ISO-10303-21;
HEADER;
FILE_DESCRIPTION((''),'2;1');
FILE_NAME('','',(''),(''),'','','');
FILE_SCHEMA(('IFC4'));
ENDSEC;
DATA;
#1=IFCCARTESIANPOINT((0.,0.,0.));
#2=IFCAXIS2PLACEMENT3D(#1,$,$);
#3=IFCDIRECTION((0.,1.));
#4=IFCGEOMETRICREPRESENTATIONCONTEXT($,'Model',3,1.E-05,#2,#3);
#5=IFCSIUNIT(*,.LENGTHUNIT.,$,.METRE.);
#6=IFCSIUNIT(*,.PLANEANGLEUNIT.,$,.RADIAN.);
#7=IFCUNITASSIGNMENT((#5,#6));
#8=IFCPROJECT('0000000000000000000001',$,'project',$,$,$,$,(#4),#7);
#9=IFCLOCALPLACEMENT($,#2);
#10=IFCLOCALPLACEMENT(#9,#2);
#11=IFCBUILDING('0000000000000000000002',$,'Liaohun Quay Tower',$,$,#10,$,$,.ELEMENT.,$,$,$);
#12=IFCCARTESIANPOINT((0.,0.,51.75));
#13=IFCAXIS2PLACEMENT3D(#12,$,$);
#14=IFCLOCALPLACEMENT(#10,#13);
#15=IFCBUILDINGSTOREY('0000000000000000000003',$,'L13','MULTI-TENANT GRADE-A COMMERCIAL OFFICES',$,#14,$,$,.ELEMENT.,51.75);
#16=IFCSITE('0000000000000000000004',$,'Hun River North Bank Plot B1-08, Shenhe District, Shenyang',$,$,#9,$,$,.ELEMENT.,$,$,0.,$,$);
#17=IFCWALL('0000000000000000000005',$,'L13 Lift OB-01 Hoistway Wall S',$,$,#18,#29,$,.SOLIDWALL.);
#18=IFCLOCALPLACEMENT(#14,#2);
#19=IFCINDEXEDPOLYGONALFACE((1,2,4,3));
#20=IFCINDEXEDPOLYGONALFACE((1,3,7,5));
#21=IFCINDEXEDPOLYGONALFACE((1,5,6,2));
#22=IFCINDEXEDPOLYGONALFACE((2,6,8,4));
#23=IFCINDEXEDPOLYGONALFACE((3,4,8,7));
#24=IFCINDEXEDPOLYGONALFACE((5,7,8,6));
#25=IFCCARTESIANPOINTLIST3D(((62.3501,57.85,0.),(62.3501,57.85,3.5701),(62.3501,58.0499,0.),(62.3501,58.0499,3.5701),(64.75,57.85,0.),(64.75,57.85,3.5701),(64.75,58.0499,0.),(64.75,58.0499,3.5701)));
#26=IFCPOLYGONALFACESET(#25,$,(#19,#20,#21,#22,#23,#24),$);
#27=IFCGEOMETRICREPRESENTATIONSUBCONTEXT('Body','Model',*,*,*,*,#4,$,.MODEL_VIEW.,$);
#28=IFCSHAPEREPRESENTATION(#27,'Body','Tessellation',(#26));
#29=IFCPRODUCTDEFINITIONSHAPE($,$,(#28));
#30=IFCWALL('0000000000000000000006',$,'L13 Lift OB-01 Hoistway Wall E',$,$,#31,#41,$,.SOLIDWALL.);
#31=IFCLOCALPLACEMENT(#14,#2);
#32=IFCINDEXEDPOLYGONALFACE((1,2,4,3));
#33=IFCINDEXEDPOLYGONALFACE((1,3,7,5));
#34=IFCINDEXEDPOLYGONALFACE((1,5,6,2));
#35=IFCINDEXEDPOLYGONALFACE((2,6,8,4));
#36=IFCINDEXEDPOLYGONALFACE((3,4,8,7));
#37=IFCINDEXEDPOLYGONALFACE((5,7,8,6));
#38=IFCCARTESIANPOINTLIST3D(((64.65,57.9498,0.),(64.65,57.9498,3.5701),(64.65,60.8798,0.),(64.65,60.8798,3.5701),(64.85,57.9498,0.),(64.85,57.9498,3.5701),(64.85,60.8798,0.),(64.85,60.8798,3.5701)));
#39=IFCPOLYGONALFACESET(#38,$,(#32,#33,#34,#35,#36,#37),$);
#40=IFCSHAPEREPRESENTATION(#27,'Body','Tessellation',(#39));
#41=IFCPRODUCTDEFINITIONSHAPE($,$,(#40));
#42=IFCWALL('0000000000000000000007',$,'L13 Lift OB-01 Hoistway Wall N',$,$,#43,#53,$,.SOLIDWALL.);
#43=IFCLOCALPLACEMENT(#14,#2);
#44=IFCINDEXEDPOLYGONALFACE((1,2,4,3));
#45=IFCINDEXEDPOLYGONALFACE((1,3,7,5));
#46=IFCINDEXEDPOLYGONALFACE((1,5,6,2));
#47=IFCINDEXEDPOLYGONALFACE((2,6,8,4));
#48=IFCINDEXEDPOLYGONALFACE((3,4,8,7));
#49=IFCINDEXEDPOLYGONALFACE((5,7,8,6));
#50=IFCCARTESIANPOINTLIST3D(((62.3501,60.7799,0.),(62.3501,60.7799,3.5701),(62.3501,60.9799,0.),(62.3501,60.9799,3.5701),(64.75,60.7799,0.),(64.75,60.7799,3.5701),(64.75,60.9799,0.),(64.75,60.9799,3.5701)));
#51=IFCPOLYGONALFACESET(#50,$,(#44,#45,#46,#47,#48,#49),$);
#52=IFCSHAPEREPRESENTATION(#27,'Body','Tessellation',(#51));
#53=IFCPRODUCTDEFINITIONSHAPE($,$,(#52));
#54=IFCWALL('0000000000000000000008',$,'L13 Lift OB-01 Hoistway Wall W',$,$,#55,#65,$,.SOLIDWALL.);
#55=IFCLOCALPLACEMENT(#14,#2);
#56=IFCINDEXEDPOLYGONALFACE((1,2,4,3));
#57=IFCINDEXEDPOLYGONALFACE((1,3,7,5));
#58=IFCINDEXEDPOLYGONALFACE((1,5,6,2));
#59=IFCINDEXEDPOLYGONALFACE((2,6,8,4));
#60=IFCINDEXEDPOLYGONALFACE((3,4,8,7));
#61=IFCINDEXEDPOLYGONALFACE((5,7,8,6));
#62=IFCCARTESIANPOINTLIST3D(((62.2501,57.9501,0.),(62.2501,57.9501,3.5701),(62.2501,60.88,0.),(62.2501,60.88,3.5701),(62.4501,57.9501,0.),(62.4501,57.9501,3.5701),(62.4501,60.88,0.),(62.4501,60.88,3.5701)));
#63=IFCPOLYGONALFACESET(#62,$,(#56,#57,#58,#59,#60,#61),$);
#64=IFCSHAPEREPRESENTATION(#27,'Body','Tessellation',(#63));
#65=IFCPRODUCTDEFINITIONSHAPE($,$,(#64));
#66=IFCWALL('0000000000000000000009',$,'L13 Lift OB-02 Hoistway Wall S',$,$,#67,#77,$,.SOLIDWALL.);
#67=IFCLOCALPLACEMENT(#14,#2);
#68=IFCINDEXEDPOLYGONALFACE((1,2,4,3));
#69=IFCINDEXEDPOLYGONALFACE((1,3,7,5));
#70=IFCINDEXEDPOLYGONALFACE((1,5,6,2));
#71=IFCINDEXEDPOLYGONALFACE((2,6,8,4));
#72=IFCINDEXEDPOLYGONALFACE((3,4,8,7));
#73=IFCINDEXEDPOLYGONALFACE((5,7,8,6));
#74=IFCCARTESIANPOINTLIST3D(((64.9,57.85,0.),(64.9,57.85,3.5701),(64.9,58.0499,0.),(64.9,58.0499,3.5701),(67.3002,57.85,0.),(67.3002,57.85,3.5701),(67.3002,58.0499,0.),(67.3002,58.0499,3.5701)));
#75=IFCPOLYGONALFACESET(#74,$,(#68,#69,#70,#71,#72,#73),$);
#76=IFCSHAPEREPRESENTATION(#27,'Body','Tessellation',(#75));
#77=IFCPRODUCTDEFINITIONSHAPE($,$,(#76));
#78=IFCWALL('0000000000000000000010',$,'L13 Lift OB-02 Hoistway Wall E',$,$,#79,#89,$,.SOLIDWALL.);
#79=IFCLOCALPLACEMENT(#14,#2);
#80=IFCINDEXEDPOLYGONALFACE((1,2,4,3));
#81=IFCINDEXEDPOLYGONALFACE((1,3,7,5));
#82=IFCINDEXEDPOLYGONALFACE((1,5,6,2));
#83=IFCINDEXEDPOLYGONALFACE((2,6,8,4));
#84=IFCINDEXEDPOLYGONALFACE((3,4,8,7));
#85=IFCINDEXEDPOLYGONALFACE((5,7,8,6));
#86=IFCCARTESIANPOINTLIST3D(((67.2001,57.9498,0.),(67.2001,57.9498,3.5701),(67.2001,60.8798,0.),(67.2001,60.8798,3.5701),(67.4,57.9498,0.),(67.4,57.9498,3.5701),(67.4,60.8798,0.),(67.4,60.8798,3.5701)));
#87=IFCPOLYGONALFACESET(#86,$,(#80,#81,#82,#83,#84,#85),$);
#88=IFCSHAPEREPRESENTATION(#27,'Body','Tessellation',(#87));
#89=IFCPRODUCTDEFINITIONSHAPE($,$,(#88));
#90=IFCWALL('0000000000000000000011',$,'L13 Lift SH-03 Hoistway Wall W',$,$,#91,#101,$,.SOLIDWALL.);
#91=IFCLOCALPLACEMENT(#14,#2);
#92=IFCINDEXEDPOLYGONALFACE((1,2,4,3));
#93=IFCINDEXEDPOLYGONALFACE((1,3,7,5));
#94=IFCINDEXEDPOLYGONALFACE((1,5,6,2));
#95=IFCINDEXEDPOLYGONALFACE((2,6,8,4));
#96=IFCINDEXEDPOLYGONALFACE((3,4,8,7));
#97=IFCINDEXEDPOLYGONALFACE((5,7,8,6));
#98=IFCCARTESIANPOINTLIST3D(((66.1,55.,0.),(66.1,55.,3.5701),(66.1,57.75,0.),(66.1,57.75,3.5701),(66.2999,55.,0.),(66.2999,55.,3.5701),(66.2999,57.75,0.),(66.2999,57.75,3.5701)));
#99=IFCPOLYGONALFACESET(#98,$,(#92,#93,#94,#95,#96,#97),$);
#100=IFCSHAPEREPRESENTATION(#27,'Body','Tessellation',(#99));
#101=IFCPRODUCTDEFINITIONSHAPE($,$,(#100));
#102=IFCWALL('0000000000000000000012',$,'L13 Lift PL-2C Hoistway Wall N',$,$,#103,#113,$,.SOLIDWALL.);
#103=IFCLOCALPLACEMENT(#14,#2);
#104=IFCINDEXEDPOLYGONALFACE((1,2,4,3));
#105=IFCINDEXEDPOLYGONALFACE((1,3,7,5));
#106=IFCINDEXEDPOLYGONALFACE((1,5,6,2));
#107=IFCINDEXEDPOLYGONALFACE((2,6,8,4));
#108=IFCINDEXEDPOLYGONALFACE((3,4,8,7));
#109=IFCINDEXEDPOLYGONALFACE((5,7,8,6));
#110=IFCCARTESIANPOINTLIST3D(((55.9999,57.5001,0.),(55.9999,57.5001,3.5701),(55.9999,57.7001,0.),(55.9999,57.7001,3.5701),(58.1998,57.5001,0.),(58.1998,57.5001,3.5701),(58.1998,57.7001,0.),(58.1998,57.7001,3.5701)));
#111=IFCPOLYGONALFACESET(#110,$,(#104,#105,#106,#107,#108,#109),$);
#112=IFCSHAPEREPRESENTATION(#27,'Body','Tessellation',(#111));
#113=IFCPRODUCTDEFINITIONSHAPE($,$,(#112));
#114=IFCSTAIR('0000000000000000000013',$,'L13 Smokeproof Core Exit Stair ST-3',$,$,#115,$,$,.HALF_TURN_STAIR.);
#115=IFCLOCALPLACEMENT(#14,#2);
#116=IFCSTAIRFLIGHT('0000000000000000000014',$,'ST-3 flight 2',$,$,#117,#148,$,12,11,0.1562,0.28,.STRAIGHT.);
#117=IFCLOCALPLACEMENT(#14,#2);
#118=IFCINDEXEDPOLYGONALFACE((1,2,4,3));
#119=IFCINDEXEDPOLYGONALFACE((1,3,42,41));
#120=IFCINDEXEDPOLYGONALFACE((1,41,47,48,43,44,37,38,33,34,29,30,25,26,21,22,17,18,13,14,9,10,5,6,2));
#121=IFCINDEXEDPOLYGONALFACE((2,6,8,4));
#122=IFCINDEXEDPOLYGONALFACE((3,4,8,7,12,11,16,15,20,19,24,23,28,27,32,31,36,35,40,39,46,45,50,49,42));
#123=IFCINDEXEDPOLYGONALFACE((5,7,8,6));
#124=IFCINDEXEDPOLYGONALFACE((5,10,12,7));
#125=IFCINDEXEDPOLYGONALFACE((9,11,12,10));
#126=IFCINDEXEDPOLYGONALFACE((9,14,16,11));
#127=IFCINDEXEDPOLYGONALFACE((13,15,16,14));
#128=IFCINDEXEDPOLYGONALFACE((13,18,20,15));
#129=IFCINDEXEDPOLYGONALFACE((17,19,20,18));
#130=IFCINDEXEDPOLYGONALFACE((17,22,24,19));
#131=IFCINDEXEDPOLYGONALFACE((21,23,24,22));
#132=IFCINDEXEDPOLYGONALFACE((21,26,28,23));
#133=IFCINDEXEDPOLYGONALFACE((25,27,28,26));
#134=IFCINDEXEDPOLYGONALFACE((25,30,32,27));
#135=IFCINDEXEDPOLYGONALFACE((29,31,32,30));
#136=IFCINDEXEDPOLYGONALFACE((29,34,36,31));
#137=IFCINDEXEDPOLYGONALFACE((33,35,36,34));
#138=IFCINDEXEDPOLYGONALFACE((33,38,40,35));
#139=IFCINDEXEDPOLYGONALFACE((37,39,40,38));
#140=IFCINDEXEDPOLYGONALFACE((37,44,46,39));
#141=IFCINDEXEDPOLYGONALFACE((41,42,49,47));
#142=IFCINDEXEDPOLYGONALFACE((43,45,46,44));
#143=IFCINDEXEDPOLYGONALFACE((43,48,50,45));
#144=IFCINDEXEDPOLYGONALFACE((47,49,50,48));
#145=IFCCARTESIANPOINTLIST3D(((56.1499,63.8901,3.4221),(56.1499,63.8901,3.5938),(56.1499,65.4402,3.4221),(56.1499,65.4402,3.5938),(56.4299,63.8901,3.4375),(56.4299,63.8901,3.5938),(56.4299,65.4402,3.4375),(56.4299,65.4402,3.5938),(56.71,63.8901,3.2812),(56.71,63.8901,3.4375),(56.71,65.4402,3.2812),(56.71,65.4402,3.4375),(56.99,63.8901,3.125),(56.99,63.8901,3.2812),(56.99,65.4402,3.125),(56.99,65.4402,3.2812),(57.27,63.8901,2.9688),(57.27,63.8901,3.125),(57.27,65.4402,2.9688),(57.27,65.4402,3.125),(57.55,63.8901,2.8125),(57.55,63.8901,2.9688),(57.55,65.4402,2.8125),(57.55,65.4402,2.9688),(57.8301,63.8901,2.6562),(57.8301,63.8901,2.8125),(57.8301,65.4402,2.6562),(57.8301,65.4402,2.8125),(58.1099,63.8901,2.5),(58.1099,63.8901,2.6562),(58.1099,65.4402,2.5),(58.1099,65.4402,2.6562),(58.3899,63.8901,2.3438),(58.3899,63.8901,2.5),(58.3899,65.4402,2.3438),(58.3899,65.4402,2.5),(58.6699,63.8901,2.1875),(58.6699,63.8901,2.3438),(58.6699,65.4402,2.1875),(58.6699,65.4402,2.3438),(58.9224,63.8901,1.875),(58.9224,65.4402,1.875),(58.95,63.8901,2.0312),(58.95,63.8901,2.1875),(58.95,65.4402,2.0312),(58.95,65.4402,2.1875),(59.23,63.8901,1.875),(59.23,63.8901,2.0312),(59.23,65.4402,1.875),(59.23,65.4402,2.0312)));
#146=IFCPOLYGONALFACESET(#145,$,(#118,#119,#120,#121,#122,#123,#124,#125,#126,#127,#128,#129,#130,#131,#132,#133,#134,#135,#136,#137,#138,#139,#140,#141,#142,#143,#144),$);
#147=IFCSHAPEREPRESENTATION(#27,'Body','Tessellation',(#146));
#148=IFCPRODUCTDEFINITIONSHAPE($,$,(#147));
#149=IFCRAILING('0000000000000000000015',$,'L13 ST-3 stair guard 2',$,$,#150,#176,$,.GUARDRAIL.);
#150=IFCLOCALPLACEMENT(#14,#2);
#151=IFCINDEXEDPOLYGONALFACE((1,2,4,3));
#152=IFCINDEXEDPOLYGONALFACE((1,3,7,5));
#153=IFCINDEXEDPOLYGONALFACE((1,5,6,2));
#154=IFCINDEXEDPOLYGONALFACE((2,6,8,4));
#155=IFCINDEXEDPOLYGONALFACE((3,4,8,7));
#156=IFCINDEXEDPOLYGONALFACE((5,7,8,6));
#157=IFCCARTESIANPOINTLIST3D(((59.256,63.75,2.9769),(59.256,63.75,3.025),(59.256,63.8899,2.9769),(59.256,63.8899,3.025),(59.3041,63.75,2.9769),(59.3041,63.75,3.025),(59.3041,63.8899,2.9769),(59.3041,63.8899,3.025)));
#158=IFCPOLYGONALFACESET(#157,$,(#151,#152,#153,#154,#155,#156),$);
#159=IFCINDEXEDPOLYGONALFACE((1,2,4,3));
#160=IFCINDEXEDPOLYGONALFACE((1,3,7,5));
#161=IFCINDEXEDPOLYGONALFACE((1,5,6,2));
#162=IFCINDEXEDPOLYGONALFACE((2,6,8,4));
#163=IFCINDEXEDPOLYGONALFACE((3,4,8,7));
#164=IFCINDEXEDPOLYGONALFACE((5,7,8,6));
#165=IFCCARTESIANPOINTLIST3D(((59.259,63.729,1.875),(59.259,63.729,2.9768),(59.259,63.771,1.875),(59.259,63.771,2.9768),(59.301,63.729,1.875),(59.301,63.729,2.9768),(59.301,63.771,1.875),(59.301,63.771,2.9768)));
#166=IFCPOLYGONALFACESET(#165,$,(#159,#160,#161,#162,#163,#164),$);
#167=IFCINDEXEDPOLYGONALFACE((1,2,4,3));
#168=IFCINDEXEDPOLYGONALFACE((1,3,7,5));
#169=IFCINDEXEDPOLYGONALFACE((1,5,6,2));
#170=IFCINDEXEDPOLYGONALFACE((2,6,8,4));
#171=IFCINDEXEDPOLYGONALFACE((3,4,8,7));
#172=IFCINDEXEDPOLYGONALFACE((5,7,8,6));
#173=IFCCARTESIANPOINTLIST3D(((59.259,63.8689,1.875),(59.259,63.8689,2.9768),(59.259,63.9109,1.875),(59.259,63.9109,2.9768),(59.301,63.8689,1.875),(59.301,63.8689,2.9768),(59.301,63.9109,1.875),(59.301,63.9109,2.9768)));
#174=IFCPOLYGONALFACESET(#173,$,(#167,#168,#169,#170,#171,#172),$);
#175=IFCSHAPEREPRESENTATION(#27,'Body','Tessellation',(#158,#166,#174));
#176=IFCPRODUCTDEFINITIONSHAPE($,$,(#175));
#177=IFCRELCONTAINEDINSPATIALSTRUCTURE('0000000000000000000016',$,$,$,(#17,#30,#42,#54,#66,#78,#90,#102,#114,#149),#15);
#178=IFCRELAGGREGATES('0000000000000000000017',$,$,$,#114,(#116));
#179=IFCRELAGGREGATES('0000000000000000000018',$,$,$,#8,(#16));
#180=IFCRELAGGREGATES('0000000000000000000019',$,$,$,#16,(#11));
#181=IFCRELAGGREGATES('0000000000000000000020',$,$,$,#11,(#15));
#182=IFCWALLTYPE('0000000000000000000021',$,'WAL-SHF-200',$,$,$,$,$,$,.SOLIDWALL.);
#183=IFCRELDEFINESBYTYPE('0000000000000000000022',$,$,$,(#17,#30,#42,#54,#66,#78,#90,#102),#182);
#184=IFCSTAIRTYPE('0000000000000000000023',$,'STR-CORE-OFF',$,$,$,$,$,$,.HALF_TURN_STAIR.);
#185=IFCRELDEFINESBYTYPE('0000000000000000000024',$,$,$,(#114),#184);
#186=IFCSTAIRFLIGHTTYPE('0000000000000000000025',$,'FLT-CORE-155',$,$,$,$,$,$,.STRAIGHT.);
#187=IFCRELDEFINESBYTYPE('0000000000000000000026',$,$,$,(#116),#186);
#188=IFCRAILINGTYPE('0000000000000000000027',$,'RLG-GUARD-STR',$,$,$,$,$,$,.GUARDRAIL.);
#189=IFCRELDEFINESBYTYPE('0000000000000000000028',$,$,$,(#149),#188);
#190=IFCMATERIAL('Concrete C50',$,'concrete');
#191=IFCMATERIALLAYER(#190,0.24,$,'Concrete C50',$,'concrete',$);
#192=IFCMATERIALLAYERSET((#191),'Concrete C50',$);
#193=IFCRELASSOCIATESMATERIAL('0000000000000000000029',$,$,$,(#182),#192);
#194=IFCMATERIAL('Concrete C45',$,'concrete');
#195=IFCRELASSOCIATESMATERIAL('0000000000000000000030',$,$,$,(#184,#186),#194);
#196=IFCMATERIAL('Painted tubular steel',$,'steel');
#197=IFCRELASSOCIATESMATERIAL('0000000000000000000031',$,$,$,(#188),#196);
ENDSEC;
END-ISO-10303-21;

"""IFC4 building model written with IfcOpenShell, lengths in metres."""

from ifc_helpers import new_model, si_unit, direction, frame, frame_2d, origin, origin_2d, place, context, subcontext, project, spatial, polyline, rectangle, outline, extrude, material, layer, layer_set, type_object, element, aggregate, save


model = new_model("IFC4")

# Units and contexts
model_context = context("Model", 3, precision=1e-05, world=origin(), true_north=direction((0.0, 1.0)))
body_context = subcontext(model_context, "Body", "Model", "MODEL_VIEW")
ifc_project = project(units=[si_unit("LENGTHUNIT", "METRE"), si_unit("PLANEANGLEUNIT", "RADIAN")], contexts=[model_context])

# Site, building, storey
site_placement = place(None, origin())
site = spatial("IfcSite", under=ifc_project, at=site_placement, Name="Hun River North Bank Plot B1-08, Shenhe District, Shenyang", CompositionType="ELEMENT", RefElevation=0.0)
building_placement = place(site_placement, origin())
building = spatial("IfcBuilding", under=site, at=building_placement, Name="Liaohun Quay Tower", CompositionType="ELEMENT")
storey_placement = place(building_placement, frame((0.0, 0.0, 51.75)))
storey = spatial("IfcBuildingStorey", under=building, at=storey_placement, Name="L13", Description="MULTI-TENANT GRADE-A COMMERCIAL OFFICES", CompositionType="ELEMENT", Elevation=51.75)

# Shared definitions
ifc_material_1 = material(Name="Concrete C50", Category="concrete")
ifc_layer_1 = layer(ifc_material_1, 0.24, Name="Concrete C50", Category="concrete")
ifc_layer_set_1 = layer_set([ifc_layer_1], Name="Concrete C50")
wall_type_1 = type_object("IfcWallType", Name="WAL-SHF-200", PredefinedType="SOLIDWALL", material=ifc_layer_set_1)

# Walls
wall_1_placement = place(storey_placement, frame((62.3501, 57.95, 0.0), z_axis=(0.0, 0.0, 1.0), x_axis=(1.0, 0.0, 0.0)))
element("IfcWall", 1, at=wall_1_placement, inside=storey, type_object=wall_type_1, Name="L13 Lift OB-01 Hoistway Wall S", PredefinedType="SOLIDWALL", context=body_context, shape_type="SweptSolid", body=[
    extrude(rectangle(XDim=2.3999, YDim=0.2, at=frame_2d((1.2, 0.0))), origin(), (0.0, 0.0, 1.0), 3.5701),
])
wall_2_placement = place(storey_placement, frame((64.75, 57.95, 0.0), z_axis=(0.0, 0.0, 1.0), x_axis=(0.0, 1.0, 0.0)))
element("IfcWall", 2, at=wall_2_placement, inside=storey, type_object=wall_type_1, Name="L13 Lift OB-01 Hoistway Wall E", PredefinedType="SOLIDWALL", context=body_context, shape_type="SweptSolid", body=[
    extrude(rectangle(XDim=2.9299, YDim=0.2, at=frame_2d((1.4648, 0.0))), origin(), (0.0, 0.0, 1.0), 3.5701),
])
wall_3_placement = place(storey_placement, frame((64.75, 60.8799, 0.0), z_axis=(0.0, 0.0, 1.0), x_axis=(-1.0, 0.0, 0.0)))
element("IfcWall", 3, at=wall_3_placement, inside=storey, type_object=wall_type_1, Name="L13 Lift OB-01 Hoistway Wall N", PredefinedType="SOLIDWALL", context=body_context, shape_type="SweptSolid", body=[
    extrude(rectangle(XDim=2.3999, YDim=0.2, at=frame_2d((1.2, 0.0))), origin(), (0.0, 0.0, 1.0), 3.5701),
])
wall_4_placement = place(storey_placement, frame((62.3501, 60.8799, 0.0), z_axis=(0.0, 0.0, 1.0), x_axis=(0.0, -1.0, 0.0)))
element("IfcWall", 4, at=wall_4_placement, inside=storey, type_object=wall_type_1, Name="L13 Lift OB-01 Hoistway Wall W", PredefinedType="SOLIDWALL", context=body_context, shape_type="SweptSolid", body=[
    extrude(rectangle(XDim=2.9299, YDim=0.2, at=frame_2d((1.4648, 0.0))), origin(), (0.0, 0.0, 1.0), 3.5701),
])
wall_5_placement = place(storey_placement, frame((64.8999, 57.95, 0.0), z_axis=(0.0, 0.0, 1.0), x_axis=(1.0, 0.0, 0.0)))
element("IfcWall", 5, at=wall_5_placement, inside=storey, type_object=wall_type_1, Name="L13 Lift OB-02 Hoistway Wall S", PredefinedType="SOLIDWALL", context=body_context, shape_type="SweptSolid", body=[
    extrude(rectangle(XDim=2.4001, YDim=0.2, at=frame_2d((1.2002, 0.0))), origin(), (0.0, 0.0, 1.0), 3.5701),
])
wall_6_placement = place(storey_placement, frame((67.3, 57.95, 0.0), z_axis=(0.0, 0.0, 1.0), x_axis=(0.0, 1.0, 0.0)))
element("IfcWall", 6, at=wall_6_placement, inside=storey, type_object=wall_type_1, Name="L13 Lift OB-02 Hoistway Wall E", PredefinedType="SOLIDWALL", context=body_context, shape_type="SweptSolid", body=[
    extrude(rectangle(XDim=2.9299, YDim=0.2, at=frame_2d((1.4648, 0.0))), origin(), (0.0, 0.0, 1.0), 3.5701),
])
wall_7_placement = place(storey_placement, frame((66.2, 57.75, 0.0), z_axis=(0.0, 0.0, 1.0), x_axis=(0.0, -1.0, 0.0)))
element("IfcWall", 7, at=wall_7_placement, inside=storey, type_object=wall_type_1, Name="L13 Lift SH-03 Hoistway Wall W", PredefinedType="SOLIDWALL", context=body_context, shape_type="SweptSolid", body=[
    extrude(rectangle(XDim=2.75, YDim=0.2, at=frame_2d((1.375, 0.0))), origin(), (0.0, 0.0, 1.0), 3.5701),
])
wall_8_placement = place(storey_placement, frame((58.2, 57.6001, 0.0), z_axis=(0.0, 0.0, 1.0), x_axis=(-1.0, 0.0, 0.0)))
element("IfcWall", 8, at=wall_8_placement, inside=storey, type_object=wall_type_1, Name="L13 Lift PL-2C Hoistway Wall N", PredefinedType="SOLIDWALL", context=body_context, shape_type="SweptSolid", body=[
    extrude(rectangle(XDim=2.2, YDim=0.2, at=frame_2d((1.1001, 0.0))), origin(), (0.0, 0.0, 1.0), 3.5701),
])

# Stair, stair flight
ifc_material_2 = material(Name="Concrete C45", Category="concrete")
stair_type = type_object("IfcStairType", Name="STR-CORE-OFF", PredefinedType="HALF_TURN_STAIR", material=ifc_material_2)
stair_placement = place(storey_placement, origin())
stair = element("IfcStair", 9, at=stair_placement, inside=storey, type_object=stair_type, Name="L13 Smokeproof Core Exit Stair ST-3", PredefinedType="HALF_TURN_STAIR")
stair_flight_type = type_object("IfcStairFlightType", Name="FLT-CORE-155", PredefinedType="STRAIGHT", material=ifc_material_2)
stair_flight_placement = place(storey_placement, frame((59.23, 64.665, 1.875), z_axis=(0.0, 0.0, 1.0), x_axis=(-1.0, 0.0, 0.0)))
stair_flight = element("IfcStairFlight", 10, at=stair_flight_placement, type_object=stair_flight_type, Name="ST-3 flight 2", NumberOfRisers=12, NumberOfTreads=11, PredefinedType="STRAIGHT", RiserHeight=0.1562, TreadLength=0.28, context=body_context, shape_type="SweptSolid", body=[
    extrude(outline(polyline([(0.0, 0.0), (0.0, 0.1562), (0.28, 0.1562), (0.28, 0.3125), (0.5601, 0.3125), (0.5601, 0.4688), (0.8401, 0.4688), (0.8401, 0.625), (1.1201, 0.625), (1.1201, 0.7812), (1.3999, 0.7812), (1.3999, 0.9375), (1.6799, 0.9375), (1.6799, 1.0938), (1.96, 1.0938), (1.96, 1.25), (2.24, 1.25), (2.24, 1.4062), (2.52, 1.4062), (2.52, 1.5625), (2.8, 1.5625), (2.8, 1.7188), (3.0801, 1.7188), (3.0801, 1.875), (3.0801, 1.5471), (0.3076, 0.0), (0.0, 0.0)])), frame((0.0, 0.7749, 0.0), z_axis=(0.0, -1.0, 0.0), x_axis=(1.0, 0.0, 0.0)), (0.0, 0.0, 1.0), 1.55),
])
aggregate(stair, [stair_flight])

# Railing
ifc_material_3 = material(Name="Painted tubular steel", Category="steel")
railing_type_1 = type_object("IfcRailingType", Name="RLG-GUARD-STR", PredefinedType="GUARDRAIL", material=ifc_material_3)
railing_1_placement = place(storey_placement, frame((59.28, 63.75, 1.875)))
element("IfcRailing", 11, at=railing_1_placement, inside=storey, type_object=railing_type_1, Name="L13 ST-3 stair guard 2", PredefinedType="GUARDRAIL", context=body_context, shape_type="SweptSolid", body=[
    extrude(rectangle(XDim=0.0481, YDim=0.0481, at=origin_2d()), frame((0.0, 0.0, 1.126), z_axis=(0.0, 1.0, 0.0), x_axis=(-1.0, 0.0, 0.0)), (0.0, 0.0, 1.0), 0.1399),
    extrude(rectangle(XDim=0.042, YDim=0.042, at=origin_2d()), origin(), (0.0, 0.0, 1.0), 1.1018),
    extrude(rectangle(XDim=0.042, YDim=0.042, at=origin_2d()), frame((0.0, 0.1399, 0.0)), (0.0, 0.0, 1.0), 1.1018),
])

save(model, "model.ifc")
